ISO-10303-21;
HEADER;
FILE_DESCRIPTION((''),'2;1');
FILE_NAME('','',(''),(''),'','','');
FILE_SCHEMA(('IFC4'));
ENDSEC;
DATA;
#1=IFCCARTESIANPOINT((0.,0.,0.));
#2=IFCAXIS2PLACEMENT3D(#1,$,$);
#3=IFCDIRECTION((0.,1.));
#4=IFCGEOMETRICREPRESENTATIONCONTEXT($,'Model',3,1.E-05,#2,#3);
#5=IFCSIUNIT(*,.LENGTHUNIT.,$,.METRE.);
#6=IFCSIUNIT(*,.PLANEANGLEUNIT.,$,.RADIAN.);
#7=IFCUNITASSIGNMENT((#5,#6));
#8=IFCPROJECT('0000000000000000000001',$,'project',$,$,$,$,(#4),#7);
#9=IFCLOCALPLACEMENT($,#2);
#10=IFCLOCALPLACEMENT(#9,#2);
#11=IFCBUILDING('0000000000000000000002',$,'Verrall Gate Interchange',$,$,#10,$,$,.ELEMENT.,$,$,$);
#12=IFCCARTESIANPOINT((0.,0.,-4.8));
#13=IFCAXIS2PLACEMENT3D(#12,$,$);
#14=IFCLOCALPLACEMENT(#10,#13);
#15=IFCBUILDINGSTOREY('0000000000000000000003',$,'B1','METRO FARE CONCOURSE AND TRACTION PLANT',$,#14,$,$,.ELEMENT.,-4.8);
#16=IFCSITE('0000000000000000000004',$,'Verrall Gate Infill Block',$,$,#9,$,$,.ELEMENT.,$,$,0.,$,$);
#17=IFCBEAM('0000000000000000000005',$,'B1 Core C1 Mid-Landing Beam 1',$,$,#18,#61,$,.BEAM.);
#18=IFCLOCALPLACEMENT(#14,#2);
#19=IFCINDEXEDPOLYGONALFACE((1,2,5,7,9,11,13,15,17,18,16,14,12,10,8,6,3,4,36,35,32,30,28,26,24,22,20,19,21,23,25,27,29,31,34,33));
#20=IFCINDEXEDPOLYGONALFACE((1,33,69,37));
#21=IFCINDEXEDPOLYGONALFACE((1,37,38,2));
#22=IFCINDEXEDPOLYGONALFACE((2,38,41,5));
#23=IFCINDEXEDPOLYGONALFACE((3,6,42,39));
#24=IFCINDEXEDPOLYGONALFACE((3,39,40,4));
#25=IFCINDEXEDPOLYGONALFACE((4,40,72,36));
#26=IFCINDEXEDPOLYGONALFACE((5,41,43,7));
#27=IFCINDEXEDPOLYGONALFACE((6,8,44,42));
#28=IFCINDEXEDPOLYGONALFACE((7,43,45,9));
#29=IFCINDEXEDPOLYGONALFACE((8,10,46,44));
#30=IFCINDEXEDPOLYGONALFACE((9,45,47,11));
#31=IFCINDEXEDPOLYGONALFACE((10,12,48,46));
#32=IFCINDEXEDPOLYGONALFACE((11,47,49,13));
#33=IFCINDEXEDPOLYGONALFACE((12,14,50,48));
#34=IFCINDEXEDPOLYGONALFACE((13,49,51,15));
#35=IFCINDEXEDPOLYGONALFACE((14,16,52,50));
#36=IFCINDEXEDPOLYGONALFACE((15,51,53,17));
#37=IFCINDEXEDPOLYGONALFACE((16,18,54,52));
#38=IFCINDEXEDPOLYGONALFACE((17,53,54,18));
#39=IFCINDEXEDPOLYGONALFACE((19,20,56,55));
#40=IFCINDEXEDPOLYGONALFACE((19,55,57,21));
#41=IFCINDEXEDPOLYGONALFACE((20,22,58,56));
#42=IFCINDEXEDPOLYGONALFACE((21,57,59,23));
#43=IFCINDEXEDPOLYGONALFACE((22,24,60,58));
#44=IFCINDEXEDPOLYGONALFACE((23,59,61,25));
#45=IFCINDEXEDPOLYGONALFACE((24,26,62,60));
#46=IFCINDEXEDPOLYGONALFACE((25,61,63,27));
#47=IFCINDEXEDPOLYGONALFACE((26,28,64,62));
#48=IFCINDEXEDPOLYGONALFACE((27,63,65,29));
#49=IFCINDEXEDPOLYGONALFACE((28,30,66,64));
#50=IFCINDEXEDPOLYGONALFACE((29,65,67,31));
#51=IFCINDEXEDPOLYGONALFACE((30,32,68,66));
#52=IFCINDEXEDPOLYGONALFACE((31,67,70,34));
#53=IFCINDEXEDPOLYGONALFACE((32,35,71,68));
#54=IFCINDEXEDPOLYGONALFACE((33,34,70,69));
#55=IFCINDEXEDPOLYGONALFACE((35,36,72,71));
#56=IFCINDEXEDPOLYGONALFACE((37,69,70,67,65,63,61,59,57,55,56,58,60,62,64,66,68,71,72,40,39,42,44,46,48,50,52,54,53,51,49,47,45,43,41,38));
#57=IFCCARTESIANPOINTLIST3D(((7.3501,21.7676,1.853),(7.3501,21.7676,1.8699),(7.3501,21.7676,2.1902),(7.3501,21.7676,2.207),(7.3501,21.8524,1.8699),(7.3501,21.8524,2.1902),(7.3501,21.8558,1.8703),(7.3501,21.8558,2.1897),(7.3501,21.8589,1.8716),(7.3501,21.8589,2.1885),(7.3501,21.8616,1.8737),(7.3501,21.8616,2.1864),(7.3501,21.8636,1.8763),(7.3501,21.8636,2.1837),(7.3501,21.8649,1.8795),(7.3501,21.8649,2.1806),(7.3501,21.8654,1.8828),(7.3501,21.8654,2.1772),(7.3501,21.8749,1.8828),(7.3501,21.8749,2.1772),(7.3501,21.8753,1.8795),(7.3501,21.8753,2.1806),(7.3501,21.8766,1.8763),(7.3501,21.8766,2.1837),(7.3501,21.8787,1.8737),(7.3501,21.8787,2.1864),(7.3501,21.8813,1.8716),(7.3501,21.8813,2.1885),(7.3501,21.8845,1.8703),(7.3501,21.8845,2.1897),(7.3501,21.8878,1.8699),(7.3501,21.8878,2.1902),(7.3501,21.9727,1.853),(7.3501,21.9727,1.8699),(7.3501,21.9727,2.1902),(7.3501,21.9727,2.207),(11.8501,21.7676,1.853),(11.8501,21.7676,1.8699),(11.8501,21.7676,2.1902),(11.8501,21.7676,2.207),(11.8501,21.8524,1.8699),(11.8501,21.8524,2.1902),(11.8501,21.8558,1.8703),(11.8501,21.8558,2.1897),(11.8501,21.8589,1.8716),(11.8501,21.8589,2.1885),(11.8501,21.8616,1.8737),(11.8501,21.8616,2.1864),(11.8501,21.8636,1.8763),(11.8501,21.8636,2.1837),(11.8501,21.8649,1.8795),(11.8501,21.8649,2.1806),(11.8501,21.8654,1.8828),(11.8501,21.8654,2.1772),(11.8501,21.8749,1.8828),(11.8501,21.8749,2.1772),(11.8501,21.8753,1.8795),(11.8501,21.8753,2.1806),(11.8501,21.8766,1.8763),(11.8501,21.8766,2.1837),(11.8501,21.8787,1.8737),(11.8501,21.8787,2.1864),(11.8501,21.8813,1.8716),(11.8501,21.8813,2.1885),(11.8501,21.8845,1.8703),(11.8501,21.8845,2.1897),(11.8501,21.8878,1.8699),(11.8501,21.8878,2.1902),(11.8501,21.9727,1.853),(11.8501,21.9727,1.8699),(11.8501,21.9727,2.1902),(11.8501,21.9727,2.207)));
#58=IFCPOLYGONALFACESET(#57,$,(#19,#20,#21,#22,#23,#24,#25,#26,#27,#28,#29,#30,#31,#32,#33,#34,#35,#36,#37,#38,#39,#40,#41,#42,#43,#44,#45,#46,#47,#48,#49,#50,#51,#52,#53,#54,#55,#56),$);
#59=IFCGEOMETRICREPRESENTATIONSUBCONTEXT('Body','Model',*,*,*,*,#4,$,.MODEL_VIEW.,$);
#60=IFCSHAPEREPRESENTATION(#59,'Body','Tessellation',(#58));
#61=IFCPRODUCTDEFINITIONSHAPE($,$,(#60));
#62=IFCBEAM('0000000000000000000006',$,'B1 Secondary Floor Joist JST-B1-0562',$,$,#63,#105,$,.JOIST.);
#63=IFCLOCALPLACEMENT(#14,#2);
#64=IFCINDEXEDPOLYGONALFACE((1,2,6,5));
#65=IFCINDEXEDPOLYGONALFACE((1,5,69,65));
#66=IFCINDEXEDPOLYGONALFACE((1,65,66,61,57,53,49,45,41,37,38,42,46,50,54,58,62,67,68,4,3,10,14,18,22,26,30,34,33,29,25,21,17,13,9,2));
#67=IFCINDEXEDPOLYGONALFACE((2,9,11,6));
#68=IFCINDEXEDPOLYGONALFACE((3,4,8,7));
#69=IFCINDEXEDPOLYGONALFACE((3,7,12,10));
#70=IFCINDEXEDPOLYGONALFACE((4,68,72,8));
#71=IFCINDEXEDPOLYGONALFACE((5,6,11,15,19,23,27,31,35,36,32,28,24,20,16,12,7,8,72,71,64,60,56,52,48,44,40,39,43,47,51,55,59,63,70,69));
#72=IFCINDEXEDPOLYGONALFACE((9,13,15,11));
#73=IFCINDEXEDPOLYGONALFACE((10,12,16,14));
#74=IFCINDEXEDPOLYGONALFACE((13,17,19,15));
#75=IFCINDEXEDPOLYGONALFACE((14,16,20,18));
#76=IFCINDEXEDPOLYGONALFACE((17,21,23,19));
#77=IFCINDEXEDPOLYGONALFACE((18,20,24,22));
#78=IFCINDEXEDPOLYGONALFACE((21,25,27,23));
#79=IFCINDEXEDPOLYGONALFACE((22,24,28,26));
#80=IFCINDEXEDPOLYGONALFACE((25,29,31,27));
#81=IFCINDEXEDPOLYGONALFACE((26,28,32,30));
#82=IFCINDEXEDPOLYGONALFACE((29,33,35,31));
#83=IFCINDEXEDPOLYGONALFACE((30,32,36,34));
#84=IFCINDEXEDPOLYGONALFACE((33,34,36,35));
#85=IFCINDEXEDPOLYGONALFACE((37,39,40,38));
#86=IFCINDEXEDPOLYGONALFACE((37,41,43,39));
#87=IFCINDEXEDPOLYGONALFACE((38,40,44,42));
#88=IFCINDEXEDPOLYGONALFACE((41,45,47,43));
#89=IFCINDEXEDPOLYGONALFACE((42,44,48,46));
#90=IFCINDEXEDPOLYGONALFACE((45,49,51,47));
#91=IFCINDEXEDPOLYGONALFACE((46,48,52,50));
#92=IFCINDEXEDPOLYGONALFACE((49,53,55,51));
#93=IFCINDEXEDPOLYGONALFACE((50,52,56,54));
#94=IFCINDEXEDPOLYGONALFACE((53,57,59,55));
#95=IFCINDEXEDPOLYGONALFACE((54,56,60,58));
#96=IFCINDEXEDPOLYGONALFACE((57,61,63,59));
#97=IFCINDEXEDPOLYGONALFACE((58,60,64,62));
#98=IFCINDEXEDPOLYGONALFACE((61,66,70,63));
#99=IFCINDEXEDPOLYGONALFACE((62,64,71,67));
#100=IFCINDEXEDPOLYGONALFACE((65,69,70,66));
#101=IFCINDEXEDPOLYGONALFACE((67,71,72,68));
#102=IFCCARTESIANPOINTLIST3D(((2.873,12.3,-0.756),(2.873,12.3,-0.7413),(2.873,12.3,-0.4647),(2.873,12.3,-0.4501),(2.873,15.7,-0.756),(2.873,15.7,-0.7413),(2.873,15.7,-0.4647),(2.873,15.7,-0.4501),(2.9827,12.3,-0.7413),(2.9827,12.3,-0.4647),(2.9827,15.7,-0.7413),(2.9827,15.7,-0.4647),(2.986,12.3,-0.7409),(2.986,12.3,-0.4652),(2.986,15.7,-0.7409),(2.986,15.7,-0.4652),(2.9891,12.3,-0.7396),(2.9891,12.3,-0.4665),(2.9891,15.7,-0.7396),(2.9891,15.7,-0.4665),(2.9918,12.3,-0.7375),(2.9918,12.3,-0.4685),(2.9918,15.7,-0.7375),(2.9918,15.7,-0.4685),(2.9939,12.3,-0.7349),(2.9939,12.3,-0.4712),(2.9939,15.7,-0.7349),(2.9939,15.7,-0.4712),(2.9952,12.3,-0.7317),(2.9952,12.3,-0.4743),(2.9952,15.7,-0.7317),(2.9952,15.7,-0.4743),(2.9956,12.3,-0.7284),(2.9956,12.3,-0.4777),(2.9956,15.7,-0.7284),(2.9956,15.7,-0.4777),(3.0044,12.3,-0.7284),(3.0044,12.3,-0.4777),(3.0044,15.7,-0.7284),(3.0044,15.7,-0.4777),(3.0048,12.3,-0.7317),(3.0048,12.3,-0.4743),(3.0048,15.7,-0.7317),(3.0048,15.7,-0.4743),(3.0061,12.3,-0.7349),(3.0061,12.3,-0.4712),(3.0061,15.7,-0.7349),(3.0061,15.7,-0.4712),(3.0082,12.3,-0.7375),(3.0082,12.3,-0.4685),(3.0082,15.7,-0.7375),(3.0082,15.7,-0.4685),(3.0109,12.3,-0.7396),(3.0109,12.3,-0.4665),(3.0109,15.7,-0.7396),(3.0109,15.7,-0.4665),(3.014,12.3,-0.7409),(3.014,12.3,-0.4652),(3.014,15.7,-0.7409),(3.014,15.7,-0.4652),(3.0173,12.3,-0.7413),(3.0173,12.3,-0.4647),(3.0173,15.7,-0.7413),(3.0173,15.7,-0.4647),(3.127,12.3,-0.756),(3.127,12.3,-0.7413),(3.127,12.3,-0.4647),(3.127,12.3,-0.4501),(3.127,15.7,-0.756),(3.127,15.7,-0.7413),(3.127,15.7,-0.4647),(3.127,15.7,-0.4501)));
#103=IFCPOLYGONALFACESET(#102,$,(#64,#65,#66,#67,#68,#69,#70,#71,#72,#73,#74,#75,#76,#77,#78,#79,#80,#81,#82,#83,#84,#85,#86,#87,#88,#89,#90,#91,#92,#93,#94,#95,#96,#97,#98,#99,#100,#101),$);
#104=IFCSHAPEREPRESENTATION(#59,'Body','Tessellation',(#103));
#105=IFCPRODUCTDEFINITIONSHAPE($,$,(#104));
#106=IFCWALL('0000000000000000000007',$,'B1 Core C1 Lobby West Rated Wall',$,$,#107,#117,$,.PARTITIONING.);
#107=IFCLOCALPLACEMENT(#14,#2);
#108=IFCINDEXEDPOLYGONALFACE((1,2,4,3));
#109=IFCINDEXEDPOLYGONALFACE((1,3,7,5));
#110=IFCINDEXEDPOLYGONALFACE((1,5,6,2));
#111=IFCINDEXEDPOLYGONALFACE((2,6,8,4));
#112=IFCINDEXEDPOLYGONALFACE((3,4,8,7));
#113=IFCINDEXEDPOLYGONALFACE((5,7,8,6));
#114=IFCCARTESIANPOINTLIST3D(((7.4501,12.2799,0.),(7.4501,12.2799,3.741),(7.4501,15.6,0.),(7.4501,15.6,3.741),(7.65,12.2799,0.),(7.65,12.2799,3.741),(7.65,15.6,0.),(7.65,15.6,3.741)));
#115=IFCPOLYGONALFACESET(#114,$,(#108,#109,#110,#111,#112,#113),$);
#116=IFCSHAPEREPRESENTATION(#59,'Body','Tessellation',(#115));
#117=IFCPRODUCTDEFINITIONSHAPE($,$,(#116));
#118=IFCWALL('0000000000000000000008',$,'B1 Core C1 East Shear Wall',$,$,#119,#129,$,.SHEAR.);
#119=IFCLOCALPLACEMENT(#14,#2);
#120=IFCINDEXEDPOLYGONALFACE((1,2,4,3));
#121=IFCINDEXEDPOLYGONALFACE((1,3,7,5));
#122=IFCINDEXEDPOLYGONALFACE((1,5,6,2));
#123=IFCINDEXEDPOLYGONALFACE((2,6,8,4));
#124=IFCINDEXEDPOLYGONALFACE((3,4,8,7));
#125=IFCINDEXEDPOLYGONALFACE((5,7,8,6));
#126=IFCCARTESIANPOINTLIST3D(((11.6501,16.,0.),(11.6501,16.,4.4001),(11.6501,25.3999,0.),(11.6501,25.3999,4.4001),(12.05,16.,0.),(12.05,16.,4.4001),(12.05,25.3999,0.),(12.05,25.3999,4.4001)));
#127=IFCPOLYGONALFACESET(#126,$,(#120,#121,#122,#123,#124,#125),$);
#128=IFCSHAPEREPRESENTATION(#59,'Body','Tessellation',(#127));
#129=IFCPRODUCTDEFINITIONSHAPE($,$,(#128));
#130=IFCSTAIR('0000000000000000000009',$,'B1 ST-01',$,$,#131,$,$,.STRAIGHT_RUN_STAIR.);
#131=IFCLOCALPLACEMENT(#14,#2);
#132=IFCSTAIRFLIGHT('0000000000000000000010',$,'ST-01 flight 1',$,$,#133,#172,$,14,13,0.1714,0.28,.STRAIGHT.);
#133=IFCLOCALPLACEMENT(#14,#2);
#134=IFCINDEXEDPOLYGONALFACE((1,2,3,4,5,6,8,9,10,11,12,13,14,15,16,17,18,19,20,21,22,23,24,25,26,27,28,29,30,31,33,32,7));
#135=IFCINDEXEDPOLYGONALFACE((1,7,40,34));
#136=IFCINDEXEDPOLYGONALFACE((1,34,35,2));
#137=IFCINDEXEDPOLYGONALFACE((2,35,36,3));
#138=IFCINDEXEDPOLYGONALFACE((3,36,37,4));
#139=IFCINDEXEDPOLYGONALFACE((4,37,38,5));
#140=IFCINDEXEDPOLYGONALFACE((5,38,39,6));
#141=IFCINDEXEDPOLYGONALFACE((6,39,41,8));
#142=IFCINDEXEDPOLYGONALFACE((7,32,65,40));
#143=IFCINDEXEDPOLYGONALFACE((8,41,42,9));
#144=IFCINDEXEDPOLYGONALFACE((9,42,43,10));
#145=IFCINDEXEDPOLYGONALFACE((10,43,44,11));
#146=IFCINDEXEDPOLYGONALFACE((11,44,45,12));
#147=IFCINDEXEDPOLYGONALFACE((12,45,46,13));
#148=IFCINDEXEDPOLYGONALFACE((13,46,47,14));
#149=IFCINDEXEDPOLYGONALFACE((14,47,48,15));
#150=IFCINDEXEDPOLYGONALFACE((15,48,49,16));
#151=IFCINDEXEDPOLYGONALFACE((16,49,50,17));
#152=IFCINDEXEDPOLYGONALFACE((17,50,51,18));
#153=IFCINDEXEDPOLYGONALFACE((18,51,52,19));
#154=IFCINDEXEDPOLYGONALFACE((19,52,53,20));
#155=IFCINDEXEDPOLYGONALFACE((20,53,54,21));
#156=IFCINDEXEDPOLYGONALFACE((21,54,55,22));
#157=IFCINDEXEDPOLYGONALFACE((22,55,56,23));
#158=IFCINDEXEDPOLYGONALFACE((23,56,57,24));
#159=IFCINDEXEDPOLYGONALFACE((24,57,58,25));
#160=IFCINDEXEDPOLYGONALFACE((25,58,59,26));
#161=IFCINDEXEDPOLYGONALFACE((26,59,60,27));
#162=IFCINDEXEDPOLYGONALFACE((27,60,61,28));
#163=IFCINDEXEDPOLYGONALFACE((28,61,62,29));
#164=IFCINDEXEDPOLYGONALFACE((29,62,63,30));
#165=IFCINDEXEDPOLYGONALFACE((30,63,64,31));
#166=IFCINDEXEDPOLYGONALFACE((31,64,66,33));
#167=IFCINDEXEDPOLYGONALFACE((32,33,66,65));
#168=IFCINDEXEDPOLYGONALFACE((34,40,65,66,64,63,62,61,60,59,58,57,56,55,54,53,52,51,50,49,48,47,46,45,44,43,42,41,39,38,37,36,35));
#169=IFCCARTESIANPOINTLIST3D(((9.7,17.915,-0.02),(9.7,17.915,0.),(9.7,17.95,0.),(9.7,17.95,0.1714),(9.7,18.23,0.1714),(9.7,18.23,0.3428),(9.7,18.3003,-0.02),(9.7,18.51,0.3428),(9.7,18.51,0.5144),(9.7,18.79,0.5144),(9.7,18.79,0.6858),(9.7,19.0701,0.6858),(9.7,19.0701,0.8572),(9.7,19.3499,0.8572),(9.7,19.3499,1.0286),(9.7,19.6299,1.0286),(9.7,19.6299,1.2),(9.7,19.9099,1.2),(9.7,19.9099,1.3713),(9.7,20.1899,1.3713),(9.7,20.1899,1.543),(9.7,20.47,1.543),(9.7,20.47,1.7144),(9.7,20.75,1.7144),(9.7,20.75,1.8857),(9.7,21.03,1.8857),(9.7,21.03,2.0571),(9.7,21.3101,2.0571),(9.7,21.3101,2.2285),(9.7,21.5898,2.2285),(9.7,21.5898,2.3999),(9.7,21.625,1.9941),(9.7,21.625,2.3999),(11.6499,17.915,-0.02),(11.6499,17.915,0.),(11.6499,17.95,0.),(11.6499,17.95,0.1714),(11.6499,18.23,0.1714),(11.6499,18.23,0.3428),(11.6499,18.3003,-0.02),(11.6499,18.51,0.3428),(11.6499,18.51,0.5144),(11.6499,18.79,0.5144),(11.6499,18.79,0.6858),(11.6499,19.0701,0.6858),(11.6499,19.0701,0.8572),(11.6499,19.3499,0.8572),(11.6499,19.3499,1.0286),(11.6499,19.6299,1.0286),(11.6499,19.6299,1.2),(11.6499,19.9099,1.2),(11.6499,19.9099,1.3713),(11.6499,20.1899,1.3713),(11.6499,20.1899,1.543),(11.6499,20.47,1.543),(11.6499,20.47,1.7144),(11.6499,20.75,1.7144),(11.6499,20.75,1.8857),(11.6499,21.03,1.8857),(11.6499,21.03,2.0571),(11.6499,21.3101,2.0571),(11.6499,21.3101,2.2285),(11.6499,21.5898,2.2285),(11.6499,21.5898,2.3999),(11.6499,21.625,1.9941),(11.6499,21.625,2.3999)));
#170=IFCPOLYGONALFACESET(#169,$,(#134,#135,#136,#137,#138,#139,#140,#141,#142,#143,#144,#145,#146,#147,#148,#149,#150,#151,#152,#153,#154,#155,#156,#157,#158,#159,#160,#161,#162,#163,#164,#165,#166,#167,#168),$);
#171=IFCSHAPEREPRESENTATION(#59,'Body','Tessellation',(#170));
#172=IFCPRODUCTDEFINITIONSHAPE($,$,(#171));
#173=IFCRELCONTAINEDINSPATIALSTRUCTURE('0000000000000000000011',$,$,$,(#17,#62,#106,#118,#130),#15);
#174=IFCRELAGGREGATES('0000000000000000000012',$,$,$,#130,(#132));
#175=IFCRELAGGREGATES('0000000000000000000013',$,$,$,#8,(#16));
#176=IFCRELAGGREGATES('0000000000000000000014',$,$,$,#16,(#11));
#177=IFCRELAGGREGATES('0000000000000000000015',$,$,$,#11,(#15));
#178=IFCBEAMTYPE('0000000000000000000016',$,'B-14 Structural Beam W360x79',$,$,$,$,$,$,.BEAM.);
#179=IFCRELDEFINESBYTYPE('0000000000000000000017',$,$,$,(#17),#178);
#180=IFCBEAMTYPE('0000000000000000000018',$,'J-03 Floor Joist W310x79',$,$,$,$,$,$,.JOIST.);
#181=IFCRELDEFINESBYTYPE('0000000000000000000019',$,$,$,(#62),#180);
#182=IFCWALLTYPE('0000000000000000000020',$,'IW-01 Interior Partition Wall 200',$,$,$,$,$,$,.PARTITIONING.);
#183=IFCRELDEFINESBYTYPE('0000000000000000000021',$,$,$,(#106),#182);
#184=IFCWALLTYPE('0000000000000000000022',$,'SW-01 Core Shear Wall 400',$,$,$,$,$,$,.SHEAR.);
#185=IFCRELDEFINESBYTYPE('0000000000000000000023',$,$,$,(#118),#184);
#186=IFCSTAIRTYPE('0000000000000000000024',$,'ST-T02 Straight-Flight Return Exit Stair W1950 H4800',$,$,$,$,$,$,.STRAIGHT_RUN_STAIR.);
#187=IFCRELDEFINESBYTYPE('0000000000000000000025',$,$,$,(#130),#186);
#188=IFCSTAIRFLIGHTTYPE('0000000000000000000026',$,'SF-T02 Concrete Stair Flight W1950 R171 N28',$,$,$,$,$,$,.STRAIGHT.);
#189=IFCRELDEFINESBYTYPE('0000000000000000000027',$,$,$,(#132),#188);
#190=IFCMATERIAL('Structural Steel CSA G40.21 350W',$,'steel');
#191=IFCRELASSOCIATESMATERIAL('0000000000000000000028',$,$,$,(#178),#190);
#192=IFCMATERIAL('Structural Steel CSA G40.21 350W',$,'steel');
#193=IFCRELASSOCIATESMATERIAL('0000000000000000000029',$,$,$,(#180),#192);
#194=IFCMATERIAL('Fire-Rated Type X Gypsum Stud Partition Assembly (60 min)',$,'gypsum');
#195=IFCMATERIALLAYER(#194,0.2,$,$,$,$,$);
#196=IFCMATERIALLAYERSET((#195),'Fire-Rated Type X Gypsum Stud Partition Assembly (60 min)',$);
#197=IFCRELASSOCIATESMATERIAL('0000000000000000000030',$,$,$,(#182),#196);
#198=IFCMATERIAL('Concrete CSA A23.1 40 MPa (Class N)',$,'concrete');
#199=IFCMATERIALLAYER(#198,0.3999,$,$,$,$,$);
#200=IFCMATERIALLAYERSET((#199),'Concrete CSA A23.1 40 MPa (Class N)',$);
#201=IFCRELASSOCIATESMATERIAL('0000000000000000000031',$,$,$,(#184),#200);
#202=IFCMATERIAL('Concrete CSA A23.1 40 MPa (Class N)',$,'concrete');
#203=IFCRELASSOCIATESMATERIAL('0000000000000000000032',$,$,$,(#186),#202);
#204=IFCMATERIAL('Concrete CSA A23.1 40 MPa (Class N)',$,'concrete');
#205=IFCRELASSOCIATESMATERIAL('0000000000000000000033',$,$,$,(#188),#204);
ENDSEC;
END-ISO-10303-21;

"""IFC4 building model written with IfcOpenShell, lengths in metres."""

from ifc_helpers import new_model, si_unit, direction, frame, frame_2d, origin, origin_2d, place, context, subcontext, project, spatial, polyline, rectangle, i_section, outline, extrude, material, layer, layer_set, material_profile, profile_set, type_object, element, aggregate, save


model = new_model("IFC4")

# Units and contexts
model_context = context("Model", 3, precision=1e-05, world=origin(), true_north=direction((0.0, 1.0)))
body_context = subcontext(model_context, "Body", "Model", "MODEL_VIEW")
ifc_project = project(units=[si_unit("LENGTHUNIT", "METRE"), si_unit("PLANEANGLEUNIT", "RADIAN")], contexts=[model_context])

# Site, building, storey
site_placement = place(None, origin())
site = spatial("IfcSite", under=ifc_project, at=site_placement, Name="Verrall Gate Infill Block", CompositionType="ELEMENT", RefElevation=0.0)
building_placement = place(site_placement, origin())
building = spatial("IfcBuilding", under=site, at=building_placement, Name="Verrall Gate Interchange", CompositionType="ELEMENT")
storey_placement = place(building_placement, frame((0.0, 0.0, -4.8)))
storey = spatial("IfcBuildingStorey", under=building, at=storey_placement, Name="B1", Description="METRO FARE CONCOURSE AND TRACTION PLANT", CompositionType="ELEMENT", Elevation=-4.8)

# Beams
ifc_material_1 = material(Name="Structural Steel CSA G40.21 350W", Category="steel")
ifc_material_profile_1 = material_profile(ifc_material_1, i_section(OverallWidth=0.2051, OverallDepth=0.354, WebThickness=0.0095, FlangeThickness=0.0168, FilletRadius=0.0129, at=origin_2d()), Name="W360x79")
ifc_profile_set_1 = profile_set([ifc_material_profile_1], Name="Structural Steel CSA G40.21 350W")
beam_type_1 = type_object("IfcBeamType", Name="B-14 Structural Beam W360x79", PredefinedType="BEAM", material=ifc_profile_set_1)
beam_1_placement = place(storey_placement, frame((7.3501, 21.8701, 2.03), z_axis=(1.0, 0.0, 0.0), x_axis=(0.0, 1.0, 0.0)))
element("IfcBeam", 1, at=beam_1_placement, inside=storey, type_object=beam_type_1, Name="B1 Core C1 Mid-Landing Beam 1", PredefinedType="BEAM", context=body_context, shape_type="SweptSolid", body=[
    extrude(i_section(OverallWidth=0.2051, OverallDepth=0.354, WebThickness=0.0095, FlangeThickness=0.0168, FilletRadius=0.0129, at=origin_2d()), origin(), (0.0, 0.0, 1.0), 4.5),
])
ifc_material_2 = material(Name="Structural Steel CSA G40.21 350W", Category="steel")
ifc_material_profile_2 = material_profile(ifc_material_2, i_section(OverallWidth=0.2539, OverallDepth=0.3059, WebThickness=0.0088, FlangeThickness=0.0146, FilletRadius=0.0129, at=origin_2d()), Name="W310x79")
ifc_profile_set_2 = profile_set([ifc_material_profile_2], Name="Structural Steel CSA G40.21 350W")
beam_type_2 = type_object("IfcBeamType", Name="J-03 Floor Joist W310x79", PredefinedType="JOIST", material=ifc_profile_set_2)
beam_2_placement = place(storey_placement, frame((3.0, 12.3, -0.603), z_axis=(0.0, 1.0, 0.0), x_axis=(-1.0, 0.0, 0.0)))
element("IfcBeam", 2, at=beam_2_placement, inside=storey, type_object=beam_type_2, Name="B1 Secondary Floor Joist JST-B1-0562", PredefinedType="JOIST", context=body_context, shape_type="SweptSolid", body=[
    extrude(i_section(OverallWidth=0.2539, OverallDepth=0.3059, WebThickness=0.0088, FlangeThickness=0.0146, FilletRadius=0.0129, at=origin_2d()), origin(), (0.0, 0.0, 1.0), 3.3999),
])

# Wall
ifc_material_3 = material(Name="Fire-Rated Type X Gypsum Stud Partition Assembly (60 min)", Category="gypsum")
ifc_layer_1 = layer(ifc_material_3, 0.2)
ifc_layer_set_1 = layer_set([ifc_layer_1], Name="Fire-Rated Type X Gypsum Stud Partition Assembly (60 min)")
wall_type_1 = type_object("IfcWallType", Name="IW-01 Interior Partition Wall 200", PredefinedType="PARTITIONING", material=ifc_layer_set_1)
wall_1_placement = place(storey_placement, frame((7.55, 15.6001, 0.0), z_axis=(0.0, 0.0, 1.0), x_axis=(0.0, -1.0, 0.0)))
element("IfcWall", 3, at=wall_1_placement, inside=storey, type_object=wall_type_1, Name="B1 Core C1 Lobby West Rated Wall", PredefinedType="PARTITIONING", context=body_context, shape_type="SweptSolid", body=[
    extrude(rectangle(XDim=3.3201, YDim=0.2, at=frame_2d((1.6602, 0.0))), origin(), (0.0, 0.0, 1.0), 3.741),
])

# Shared definitions
ifc_material_4 = material(Name="Concrete CSA A23.1 40 MPa (Class N)", Category="concrete")
ifc_layer_2 = layer(ifc_material_4, 0.3999)
ifc_layer_set_2 = layer_set([ifc_layer_2], Name="Concrete CSA A23.1 40 MPa (Class N)")
wall_type_2 = type_object("IfcWallType", Name="SW-01 Core Shear Wall 400", PredefinedType="SHEAR", material=ifc_layer_set_2)

# Wall
wall_2_placement = place(storey_placement, frame((11.8501, 16.0, 0.0), z_axis=(0.0, 0.0, 1.0), x_axis=(0.0, 1.0, 0.0)))
element("IfcWall", 4, at=wall_2_placement, inside=storey, type_object=wall_type_2, Name="B1 Core C1 East Shear Wall", PredefinedType="SHEAR", context=body_context, shape_type="SweptSolid", body=[
    extrude(rectangle(XDim=9.3999, YDim=0.3999, at=frame_2d((4.7, 0.0))), origin(), (0.0, 0.0, 1.0), 4.4001),
])

# Stair, stair flight
ifc_material_5 = material(Name="Concrete CSA A23.1 40 MPa (Class N)", Category="concrete")
stair_type = type_object("IfcStairType", Name="ST-T02 Straight-Flight Return Exit Stair W1950 H4800", PredefinedType="STRAIGHT_RUN_STAIR", material=ifc_material_5)
stair_placement = place(storey_placement, origin())
stair = element("IfcStair", 5, at=stair_placement, inside=storey, type_object=stair_type, Name="B1 ST-01", PredefinedType="STRAIGHT_RUN_STAIR")
ifc_material_6 = material(Name="Concrete CSA A23.1 40 MPa (Class N)", Category="concrete")
stair_flight_type = type_object("IfcStairFlightType", Name="SF-T02 Concrete Stair Flight W1950 R171 N28", PredefinedType="STRAIGHT", material=ifc_material_6)
stair_flight_1_placement = place(storey_placement, frame((10.675, 17.95, 0.0), z_axis=(0.0, 0.0, 1.0), x_axis=(0.0, 1.0, 0.0)))
stair_flight_1 = element("IfcStairFlight", 6, at=stair_flight_1_placement, type_object=stair_flight_type, Name="ST-01 flight 1", NumberOfRisers=14, NumberOfTreads=13, PredefinedType="STRAIGHT", RiserHeight=0.1714, TreadLength=0.28, context=body_context, shape_type="SweptSolid", body=[
    extrude(outline(polyline([(-0.0349, -0.02), (-0.0349, 0.0), (0.0, 0.0), (0.0, 0.1714), (0.28, 0.1714), (0.28, 0.3428), (0.5601, 0.3428), (0.5601, 0.5144), (0.8401, 0.5144), (0.8401, 0.6858), (1.1201, 0.6858), (1.1201, 0.8572), (1.3999, 0.8572), (1.3999, 1.0286), (1.6799, 1.0286), (1.6799, 1.2), (1.96, 1.2), (1.96, 1.3713), (2.24, 1.3713), (2.24, 1.543), (2.52, 1.543), (2.52, 1.7144), (2.8, 1.7144), (2.8, 1.8857), (3.0801, 1.8857), (3.0801, 2.0571), (3.3601, 2.0571), (3.3601, 2.2285), (3.6399, 2.2285), (3.6399, 2.3999), (3.675, 2.3999), (3.675, 1.9941), (0.3503, -0.02), (-0.0349, -0.02)])), frame((0.0, 0.9751, 0.0), z_axis=(0.0, -1.0, 0.0), x_axis=(1.0, 0.0, 0.0)), (0.0, 0.0, 1.0), 1.95),
])
aggregate(stair, [stair_flight_1])

save(model, "model.ifc")
